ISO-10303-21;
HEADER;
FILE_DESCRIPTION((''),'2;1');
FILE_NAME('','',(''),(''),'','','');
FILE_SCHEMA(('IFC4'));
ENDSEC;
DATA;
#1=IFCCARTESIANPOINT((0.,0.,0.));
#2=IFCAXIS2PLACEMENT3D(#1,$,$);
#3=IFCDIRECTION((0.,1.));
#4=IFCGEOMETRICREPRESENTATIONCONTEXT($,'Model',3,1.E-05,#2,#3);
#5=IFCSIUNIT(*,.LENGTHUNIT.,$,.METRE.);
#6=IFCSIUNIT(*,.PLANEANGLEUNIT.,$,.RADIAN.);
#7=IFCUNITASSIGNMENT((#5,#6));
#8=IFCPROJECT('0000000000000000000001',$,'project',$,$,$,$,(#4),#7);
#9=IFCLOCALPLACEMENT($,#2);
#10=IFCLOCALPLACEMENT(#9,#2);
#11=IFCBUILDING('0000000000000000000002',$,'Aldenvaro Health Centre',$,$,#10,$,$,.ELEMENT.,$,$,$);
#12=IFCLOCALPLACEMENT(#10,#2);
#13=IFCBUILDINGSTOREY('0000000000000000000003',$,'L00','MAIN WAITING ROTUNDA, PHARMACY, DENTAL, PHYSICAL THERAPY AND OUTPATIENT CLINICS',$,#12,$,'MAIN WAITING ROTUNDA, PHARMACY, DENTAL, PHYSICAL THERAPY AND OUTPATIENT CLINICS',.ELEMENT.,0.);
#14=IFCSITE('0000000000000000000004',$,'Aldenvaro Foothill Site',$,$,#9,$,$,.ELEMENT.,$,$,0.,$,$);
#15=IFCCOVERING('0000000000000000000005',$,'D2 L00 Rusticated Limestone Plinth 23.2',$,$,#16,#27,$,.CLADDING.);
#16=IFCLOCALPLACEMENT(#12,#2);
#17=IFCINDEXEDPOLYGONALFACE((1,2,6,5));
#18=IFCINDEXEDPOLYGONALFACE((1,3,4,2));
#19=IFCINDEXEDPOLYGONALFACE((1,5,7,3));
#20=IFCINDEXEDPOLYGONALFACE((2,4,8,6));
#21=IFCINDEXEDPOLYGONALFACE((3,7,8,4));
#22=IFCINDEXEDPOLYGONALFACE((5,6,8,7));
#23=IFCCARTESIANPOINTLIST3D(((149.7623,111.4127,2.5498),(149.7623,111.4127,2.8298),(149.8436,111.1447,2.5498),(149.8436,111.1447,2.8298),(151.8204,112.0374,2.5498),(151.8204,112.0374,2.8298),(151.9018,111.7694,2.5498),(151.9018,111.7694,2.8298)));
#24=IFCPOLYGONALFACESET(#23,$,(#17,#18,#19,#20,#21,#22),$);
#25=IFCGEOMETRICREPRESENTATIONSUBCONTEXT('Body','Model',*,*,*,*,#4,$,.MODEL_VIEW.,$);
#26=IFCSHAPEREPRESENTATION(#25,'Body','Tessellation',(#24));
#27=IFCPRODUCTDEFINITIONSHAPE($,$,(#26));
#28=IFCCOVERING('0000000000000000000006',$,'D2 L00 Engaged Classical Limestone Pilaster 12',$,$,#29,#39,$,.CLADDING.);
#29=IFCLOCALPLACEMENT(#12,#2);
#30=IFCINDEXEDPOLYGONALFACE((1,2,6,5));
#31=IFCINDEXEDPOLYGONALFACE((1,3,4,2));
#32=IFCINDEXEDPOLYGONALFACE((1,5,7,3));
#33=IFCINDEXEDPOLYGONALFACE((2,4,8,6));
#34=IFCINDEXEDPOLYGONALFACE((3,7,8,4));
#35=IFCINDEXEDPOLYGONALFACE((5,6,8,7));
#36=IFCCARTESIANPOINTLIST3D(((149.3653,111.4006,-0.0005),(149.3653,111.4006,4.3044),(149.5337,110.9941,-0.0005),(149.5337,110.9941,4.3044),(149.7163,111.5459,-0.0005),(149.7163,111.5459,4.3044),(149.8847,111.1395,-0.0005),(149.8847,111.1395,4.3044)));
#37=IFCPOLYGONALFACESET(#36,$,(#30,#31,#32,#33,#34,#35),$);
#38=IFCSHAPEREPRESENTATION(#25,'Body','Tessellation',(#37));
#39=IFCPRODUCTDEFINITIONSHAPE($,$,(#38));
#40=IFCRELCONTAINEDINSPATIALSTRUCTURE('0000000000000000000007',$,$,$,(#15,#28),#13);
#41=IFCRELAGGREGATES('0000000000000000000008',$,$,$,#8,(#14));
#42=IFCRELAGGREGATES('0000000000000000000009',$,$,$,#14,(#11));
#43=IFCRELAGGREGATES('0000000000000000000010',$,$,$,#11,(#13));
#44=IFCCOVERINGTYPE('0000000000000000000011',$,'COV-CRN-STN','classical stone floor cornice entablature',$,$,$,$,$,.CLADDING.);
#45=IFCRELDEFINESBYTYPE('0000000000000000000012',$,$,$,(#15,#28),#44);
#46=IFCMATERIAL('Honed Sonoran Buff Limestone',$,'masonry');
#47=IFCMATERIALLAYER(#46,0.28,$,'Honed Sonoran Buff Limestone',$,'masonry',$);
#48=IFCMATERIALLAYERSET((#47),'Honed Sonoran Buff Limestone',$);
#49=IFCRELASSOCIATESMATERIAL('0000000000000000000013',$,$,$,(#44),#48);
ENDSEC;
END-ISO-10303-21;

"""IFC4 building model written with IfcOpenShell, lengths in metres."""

from ifc_helpers import new_model, si_unit, direction, frame, origin, origin_2d, place, context, subcontext, project, spatial, rectangle, extrude, material, layer, layer_set, type_object, element, save


model = new_model("IFC4")

# Units and contexts
model_context = context("Model", 3, precision=1e-05, world=origin(), true_north=direction((0.0, 1.0)))
body_context = subcontext(model_context, "Body", "Model", "MODEL_VIEW")
ifc_project = project(units=[si_unit("LENGTHUNIT", "METRE"), si_unit("PLANEANGLEUNIT", "RADIAN")], contexts=[model_context])

# Site, building, storey
site_placement = place(None, origin())
site = spatial("IfcSite", under=ifc_project, at=site_placement, Name="Aldenvaro Foothill Site", CompositionType="ELEMENT", RefElevation=0.0)
building_placement = place(site_placement, origin())
building = spatial("IfcBuilding", under=site, at=building_placement, Name="Aldenvaro Health Centre", CompositionType="ELEMENT")
storey_placement = place(building_placement, origin())
storey = spatial("IfcBuildingStorey", under=building, at=storey_placement, Name="L00", Description="MAIN WAITING ROTUNDA, PHARMACY, DENTAL, PHYSICAL THERAPY AND OUTPATIENT CLINICS", LongName="MAIN WAITING ROTUNDA, PHARMACY, DENTAL, PHYSICAL THERAPY AND OUTPATIENT CLINICS", CompositionType="ELEMENT", Elevation=0.0)

# Coverings
ifc_material_1 = material(Name="Honed Sonoran Buff Limestone", Category="masonry")
ifc_layer_1 = layer(ifc_material_1, 0.28, Name="Honed Sonoran Buff Limestone", Category="masonry")
ifc_layer_set_1 = layer_set([ifc_layer_1], Name="Honed Sonoran Buff Limestone")
covering_type = type_object("IfcCoveringType", Name="COV-CRN-STN", Description="classical stone floor cornice entablature", PredefinedType="CLADDING", material=ifc_layer_set_1)
covering_1_placement = place(storey_placement, frame((150.832, 111.5911, 2.5498), z_axis=(0.0, 0.0, 1.0), x_axis=(0.956893, 0.290441, 0.0)))
element("IfcCovering", 1, at=covering_1_placement, inside=storey, type_object=covering_type, Name="D2 L00 Rusticated Limestone Plinth 23.2", PredefinedType="CLADDING", context=body_context, shape_type="SweptSolid", body=[
    extrude(rectangle(XDim=2.1509, YDim=0.28, at=origin_2d()), origin(), (0.0, 0.0, 1.0), 0.28),
])
covering_2_placement = place(storey_placement, frame((149.625, 111.27, -0.0005), z_axis=(0.0, 0.0, 1.0), x_axis=(-0.382668, 0.923886, 0.0)))
element("IfcCovering", 2, at=covering_2_placement, inside=storey, type_object=covering_type, Name="D2 L00 Engaged Classical Limestone Pilaster 12", PredefinedType="CLADDING", context=body_context, shape_type="SweptSolid", body=[
    extrude(rectangle(XDim=0.4399, YDim=0.3799, at=origin_2d()), origin(), (0.0, 0.0, 1.0), 4.3049),
])

save(model, "model.ifc")
